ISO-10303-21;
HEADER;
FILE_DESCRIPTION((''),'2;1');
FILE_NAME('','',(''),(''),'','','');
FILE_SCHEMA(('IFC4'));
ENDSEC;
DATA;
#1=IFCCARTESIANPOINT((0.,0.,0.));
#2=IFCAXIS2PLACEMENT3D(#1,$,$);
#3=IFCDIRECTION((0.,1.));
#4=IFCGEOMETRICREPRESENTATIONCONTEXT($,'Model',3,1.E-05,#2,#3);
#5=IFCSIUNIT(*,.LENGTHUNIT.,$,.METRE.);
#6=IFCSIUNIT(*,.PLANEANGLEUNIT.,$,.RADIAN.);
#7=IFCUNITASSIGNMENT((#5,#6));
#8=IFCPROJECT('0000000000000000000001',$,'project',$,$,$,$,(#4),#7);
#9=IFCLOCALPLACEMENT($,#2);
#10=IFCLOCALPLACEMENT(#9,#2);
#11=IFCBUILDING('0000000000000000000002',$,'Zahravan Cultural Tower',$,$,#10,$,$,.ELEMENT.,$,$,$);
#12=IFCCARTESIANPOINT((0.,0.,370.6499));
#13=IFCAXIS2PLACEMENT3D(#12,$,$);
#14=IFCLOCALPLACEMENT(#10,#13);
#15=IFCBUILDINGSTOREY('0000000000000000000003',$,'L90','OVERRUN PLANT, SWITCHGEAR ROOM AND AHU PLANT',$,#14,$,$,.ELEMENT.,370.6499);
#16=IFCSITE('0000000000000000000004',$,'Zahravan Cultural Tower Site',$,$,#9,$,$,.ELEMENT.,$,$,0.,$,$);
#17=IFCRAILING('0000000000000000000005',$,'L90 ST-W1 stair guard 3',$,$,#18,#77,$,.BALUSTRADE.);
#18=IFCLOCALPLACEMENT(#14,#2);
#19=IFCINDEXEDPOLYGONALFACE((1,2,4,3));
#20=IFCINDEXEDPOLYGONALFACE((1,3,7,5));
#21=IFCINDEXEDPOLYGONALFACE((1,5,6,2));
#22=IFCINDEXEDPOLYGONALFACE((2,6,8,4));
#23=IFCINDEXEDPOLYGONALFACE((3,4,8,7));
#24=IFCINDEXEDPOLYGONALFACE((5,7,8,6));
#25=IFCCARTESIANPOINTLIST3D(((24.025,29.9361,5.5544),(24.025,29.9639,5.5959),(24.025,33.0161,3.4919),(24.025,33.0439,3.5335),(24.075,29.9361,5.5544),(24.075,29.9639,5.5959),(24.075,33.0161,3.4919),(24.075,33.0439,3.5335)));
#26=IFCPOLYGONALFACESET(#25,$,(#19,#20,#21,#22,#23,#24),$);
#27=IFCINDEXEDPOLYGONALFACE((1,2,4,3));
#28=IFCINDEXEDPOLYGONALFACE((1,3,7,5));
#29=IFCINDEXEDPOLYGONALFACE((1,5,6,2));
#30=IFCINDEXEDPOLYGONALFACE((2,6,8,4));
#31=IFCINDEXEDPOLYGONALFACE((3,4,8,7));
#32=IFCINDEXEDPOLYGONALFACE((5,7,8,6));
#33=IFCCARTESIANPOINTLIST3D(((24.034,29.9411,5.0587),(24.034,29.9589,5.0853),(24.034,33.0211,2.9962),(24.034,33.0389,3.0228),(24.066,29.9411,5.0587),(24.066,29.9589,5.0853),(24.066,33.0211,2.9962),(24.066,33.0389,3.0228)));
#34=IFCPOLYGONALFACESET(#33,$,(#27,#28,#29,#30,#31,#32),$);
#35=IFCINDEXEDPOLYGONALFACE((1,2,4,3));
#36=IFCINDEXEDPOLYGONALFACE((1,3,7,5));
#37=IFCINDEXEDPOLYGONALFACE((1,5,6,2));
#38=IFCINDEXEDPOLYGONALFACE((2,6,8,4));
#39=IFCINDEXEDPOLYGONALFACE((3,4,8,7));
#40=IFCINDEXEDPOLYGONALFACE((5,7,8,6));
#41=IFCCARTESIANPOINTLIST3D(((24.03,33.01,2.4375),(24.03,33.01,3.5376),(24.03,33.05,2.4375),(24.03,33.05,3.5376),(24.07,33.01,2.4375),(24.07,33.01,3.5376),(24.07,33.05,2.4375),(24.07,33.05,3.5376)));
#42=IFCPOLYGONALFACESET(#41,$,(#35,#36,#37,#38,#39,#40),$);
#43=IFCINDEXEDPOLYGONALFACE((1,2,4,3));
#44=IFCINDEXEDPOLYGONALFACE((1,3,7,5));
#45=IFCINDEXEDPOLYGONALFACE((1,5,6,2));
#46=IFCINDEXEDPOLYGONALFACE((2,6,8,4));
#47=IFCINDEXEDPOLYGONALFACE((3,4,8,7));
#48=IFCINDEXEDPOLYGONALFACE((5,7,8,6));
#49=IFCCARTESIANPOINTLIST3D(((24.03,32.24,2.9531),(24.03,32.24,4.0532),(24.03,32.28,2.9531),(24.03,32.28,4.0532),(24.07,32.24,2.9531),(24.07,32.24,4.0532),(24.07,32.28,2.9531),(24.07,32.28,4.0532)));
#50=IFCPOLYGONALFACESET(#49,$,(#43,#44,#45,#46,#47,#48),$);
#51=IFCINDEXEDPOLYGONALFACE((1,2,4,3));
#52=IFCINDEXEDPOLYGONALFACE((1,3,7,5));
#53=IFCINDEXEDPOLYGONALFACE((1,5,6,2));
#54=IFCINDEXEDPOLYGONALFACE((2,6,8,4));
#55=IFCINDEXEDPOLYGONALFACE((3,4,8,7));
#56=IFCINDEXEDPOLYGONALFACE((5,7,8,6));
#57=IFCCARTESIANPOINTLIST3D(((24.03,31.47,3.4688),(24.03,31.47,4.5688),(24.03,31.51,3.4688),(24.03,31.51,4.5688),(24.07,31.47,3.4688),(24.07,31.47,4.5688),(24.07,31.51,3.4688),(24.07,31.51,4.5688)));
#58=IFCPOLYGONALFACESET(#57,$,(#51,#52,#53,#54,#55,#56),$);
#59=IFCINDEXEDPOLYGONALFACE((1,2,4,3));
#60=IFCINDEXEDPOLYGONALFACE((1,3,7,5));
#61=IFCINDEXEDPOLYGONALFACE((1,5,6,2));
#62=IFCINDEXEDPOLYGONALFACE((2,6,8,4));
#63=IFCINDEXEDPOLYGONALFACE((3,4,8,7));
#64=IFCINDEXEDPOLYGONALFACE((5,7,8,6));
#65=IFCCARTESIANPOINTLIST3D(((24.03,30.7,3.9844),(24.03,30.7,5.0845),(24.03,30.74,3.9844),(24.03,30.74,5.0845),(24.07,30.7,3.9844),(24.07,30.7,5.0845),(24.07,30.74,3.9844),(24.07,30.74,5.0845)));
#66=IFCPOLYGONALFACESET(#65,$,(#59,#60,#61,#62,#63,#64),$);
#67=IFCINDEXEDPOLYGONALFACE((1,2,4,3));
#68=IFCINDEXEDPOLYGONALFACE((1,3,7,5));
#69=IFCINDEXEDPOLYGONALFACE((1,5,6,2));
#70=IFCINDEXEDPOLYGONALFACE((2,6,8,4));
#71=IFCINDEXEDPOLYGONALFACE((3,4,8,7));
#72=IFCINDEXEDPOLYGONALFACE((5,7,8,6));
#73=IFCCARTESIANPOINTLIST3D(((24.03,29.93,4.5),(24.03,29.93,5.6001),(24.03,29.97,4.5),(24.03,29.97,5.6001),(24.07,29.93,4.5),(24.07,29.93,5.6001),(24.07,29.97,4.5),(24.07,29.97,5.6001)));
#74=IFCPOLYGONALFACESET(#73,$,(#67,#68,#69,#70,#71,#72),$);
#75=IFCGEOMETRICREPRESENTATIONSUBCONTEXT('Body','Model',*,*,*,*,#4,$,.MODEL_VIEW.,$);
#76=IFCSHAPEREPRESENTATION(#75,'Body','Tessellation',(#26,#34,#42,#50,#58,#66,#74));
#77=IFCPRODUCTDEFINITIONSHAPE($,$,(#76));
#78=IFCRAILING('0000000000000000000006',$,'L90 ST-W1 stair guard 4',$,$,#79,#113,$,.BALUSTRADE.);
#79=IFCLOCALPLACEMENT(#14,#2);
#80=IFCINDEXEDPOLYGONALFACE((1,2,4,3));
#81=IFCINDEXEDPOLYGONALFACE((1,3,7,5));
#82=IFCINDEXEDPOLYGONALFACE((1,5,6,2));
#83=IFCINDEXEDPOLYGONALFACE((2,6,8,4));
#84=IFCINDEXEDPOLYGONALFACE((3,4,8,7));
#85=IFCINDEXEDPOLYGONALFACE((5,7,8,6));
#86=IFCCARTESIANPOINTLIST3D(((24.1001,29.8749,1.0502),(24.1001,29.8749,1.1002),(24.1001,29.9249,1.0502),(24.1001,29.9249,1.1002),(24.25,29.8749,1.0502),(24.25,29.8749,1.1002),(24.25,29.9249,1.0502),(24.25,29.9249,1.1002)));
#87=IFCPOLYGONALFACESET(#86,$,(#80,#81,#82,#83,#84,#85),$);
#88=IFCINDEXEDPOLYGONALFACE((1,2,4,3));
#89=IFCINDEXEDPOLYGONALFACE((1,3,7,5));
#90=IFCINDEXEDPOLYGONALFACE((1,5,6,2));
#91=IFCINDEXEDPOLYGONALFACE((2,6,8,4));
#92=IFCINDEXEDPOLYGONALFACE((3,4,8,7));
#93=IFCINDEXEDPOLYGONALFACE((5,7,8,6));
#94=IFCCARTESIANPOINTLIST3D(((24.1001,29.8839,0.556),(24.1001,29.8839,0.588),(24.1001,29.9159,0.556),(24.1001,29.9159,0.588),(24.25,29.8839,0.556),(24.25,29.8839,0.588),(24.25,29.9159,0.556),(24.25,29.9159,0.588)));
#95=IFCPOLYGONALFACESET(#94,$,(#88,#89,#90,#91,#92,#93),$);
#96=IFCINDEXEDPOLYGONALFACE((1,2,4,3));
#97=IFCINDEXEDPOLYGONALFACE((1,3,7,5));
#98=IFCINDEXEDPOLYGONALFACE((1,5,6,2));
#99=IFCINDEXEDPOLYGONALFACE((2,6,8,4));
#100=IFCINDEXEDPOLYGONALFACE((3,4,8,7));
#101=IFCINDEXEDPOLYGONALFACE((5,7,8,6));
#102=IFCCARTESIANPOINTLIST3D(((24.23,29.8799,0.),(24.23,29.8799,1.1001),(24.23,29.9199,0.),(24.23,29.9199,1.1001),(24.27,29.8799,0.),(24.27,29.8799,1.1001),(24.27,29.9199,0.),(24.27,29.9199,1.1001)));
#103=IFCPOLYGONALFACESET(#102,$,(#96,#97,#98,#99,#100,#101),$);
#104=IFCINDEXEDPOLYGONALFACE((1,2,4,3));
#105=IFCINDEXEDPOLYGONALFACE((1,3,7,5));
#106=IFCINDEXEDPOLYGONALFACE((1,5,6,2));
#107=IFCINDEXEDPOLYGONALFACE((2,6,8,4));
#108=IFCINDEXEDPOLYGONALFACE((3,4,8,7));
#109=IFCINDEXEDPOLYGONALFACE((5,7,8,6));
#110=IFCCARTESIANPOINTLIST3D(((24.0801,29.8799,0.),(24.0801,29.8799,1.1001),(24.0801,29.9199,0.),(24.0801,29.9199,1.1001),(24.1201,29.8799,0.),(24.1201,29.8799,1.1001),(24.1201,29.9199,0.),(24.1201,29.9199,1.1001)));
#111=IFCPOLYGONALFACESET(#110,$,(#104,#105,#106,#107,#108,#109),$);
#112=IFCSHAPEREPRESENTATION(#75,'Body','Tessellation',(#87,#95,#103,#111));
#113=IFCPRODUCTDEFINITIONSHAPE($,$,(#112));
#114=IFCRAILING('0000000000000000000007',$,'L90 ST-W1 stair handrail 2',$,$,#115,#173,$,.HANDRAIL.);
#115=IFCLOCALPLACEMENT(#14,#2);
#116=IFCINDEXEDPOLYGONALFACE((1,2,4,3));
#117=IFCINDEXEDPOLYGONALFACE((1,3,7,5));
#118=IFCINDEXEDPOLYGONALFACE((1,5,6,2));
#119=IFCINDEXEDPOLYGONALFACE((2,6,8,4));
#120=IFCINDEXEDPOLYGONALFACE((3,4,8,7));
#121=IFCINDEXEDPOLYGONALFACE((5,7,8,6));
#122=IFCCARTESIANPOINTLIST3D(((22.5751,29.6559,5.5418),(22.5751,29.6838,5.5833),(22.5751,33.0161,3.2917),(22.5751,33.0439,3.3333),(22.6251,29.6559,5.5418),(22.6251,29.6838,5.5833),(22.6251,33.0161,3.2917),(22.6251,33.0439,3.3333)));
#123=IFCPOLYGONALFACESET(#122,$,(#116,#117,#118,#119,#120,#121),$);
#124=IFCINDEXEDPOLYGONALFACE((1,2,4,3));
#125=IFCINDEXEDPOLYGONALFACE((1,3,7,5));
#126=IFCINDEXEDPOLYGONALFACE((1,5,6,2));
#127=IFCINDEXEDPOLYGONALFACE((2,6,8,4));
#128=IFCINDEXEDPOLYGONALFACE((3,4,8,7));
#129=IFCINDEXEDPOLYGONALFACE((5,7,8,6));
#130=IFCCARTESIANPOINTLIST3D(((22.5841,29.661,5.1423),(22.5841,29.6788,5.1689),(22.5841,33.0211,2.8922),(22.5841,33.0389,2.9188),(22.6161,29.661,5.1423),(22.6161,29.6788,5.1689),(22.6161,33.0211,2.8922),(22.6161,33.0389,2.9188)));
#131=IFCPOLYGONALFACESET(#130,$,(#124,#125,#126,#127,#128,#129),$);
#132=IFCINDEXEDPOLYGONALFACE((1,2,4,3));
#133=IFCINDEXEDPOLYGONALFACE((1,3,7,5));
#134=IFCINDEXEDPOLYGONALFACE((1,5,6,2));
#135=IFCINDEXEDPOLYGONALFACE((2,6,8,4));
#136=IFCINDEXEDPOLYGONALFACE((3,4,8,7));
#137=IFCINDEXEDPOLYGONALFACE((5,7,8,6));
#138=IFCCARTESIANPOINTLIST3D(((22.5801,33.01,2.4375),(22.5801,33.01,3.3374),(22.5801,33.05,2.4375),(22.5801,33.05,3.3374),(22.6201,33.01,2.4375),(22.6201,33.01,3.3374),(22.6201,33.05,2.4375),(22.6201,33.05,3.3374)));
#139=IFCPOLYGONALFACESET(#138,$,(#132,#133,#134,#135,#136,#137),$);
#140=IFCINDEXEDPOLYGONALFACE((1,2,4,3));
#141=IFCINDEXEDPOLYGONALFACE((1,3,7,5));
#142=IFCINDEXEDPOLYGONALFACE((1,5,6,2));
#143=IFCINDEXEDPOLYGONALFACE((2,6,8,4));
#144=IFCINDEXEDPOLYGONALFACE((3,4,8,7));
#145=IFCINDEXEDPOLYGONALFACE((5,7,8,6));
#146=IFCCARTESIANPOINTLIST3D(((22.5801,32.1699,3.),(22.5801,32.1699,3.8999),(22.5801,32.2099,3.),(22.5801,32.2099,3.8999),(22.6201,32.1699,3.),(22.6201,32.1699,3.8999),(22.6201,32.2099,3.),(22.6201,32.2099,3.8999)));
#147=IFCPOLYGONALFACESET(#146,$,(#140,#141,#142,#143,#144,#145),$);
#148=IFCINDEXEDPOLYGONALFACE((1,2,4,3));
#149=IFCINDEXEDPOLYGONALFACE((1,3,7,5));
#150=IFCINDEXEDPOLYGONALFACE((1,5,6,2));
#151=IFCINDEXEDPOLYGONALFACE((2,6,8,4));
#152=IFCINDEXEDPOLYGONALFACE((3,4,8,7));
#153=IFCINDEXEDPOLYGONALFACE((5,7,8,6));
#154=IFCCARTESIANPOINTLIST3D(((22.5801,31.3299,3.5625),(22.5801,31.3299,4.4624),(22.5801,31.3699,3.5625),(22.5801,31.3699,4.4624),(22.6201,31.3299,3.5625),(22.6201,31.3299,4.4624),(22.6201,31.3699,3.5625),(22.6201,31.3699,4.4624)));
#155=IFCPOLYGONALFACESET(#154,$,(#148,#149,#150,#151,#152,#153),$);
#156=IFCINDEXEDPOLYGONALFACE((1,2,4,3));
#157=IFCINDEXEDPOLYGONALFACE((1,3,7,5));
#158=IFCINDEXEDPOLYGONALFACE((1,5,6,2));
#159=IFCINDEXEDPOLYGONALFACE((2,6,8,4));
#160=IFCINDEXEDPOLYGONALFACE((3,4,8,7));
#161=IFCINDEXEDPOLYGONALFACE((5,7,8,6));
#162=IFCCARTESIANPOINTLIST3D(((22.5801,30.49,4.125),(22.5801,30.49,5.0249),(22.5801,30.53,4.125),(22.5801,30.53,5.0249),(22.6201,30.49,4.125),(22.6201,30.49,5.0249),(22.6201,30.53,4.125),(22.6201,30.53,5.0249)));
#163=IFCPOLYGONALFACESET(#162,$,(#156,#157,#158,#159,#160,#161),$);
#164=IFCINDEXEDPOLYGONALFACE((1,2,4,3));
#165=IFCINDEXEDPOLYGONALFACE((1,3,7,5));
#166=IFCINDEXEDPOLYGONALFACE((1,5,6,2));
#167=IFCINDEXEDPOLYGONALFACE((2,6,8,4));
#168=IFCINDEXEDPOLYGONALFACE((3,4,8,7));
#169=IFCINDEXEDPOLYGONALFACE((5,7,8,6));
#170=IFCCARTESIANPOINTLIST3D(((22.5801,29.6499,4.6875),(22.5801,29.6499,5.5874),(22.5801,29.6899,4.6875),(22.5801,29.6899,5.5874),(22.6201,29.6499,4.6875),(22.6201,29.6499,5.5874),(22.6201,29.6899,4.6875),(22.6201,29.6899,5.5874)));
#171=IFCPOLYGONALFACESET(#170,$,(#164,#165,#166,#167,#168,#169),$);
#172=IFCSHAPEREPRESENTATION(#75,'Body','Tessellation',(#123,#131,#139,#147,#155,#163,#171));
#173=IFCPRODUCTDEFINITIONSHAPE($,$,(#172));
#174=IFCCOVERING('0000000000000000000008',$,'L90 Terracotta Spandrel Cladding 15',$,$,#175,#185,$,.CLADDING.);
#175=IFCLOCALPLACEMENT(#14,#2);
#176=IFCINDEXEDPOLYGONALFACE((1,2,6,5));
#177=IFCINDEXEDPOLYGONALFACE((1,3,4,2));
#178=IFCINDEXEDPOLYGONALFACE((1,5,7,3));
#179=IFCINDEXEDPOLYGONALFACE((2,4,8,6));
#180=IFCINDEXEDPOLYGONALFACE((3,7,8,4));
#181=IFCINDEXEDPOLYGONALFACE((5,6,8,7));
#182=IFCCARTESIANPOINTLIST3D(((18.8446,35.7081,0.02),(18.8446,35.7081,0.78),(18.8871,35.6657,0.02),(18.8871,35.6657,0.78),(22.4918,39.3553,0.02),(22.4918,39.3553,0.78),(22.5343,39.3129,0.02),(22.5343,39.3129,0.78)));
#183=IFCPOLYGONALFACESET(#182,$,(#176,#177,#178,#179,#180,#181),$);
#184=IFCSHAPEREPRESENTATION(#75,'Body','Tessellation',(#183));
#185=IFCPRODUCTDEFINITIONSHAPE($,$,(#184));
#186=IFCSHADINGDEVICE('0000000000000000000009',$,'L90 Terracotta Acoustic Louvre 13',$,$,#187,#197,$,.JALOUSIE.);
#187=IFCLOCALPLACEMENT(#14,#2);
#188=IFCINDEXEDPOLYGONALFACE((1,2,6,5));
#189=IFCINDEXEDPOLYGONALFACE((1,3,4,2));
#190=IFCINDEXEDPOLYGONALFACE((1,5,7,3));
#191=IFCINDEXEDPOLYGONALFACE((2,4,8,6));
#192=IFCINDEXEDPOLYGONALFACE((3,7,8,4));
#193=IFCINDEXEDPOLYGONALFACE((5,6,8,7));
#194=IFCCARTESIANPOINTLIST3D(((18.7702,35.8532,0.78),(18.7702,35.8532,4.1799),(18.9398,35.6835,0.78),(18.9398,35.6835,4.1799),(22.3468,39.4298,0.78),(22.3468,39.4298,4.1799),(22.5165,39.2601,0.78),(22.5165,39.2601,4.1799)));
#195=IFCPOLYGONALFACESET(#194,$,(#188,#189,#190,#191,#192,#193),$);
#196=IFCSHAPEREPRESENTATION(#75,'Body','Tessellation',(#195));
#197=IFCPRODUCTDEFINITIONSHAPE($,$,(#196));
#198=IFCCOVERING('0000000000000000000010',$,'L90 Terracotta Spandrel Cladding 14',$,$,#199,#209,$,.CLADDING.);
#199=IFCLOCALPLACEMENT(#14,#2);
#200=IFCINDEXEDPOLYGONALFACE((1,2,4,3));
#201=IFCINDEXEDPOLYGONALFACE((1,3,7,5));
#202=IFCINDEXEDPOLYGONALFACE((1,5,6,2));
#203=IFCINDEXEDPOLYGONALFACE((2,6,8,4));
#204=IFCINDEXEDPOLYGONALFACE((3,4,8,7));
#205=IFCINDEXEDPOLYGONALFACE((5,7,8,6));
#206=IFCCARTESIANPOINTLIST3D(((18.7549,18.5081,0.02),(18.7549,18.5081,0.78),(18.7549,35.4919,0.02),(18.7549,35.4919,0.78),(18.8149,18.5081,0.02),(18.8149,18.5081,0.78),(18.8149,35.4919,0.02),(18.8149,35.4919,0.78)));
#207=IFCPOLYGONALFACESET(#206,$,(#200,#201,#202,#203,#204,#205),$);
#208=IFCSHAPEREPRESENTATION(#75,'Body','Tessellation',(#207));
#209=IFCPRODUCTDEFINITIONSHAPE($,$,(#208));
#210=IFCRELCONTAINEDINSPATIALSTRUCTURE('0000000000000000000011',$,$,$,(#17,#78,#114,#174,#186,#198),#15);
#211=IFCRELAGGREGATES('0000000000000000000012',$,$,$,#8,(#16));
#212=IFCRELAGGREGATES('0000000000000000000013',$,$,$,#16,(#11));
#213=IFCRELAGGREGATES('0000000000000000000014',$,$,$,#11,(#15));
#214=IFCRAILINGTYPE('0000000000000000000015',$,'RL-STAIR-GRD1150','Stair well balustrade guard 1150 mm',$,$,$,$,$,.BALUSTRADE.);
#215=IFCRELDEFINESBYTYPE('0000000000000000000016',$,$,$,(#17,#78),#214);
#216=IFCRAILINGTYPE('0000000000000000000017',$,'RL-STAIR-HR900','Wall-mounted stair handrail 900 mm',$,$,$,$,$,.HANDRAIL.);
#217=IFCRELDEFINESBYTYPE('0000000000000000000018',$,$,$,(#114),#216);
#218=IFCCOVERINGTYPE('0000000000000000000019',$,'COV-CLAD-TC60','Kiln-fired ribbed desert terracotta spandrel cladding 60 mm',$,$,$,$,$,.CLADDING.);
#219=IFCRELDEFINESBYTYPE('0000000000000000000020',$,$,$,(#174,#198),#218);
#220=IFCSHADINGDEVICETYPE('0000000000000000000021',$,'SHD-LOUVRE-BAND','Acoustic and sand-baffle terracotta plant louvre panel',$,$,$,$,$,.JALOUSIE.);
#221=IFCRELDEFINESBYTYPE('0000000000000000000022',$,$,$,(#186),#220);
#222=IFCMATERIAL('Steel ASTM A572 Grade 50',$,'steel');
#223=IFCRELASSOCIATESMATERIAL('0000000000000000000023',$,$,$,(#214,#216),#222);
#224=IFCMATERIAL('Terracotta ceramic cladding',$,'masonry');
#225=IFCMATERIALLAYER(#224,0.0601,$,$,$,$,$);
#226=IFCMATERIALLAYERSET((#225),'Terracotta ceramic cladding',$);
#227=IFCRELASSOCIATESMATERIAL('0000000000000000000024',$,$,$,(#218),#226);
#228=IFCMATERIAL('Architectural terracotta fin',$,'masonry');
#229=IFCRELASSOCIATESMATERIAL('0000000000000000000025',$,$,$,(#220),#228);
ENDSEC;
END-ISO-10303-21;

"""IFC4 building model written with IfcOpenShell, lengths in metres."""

from ifc_helpers import new_model, si_unit, direction, frame, origin, origin_2d, place, context, subcontext, project, spatial, rectangle, extrude, source, transform, mapped, material, layer, layer_set, type_object, element, save


model = new_model("IFC4")

# Units and contexts
model_context = context("Model", 3, precision=1e-05, world=origin(), true_north=direction((0.0, 1.0)))
body_context = subcontext(model_context, "Body", "Model", "MODEL_VIEW")
ifc_project = project(units=[si_unit("LENGTHUNIT", "METRE"), si_unit("PLANEANGLEUNIT", "RADIAN")], contexts=[model_context])

# Site, building, storey
site_placement = place(None, origin())
site = spatial("IfcSite", under=ifc_project, at=site_placement, Name="Zahravan Cultural Tower Site", CompositionType="ELEMENT", RefElevation=0.0)
building_placement = place(site_placement, origin())
building = spatial("IfcBuilding", under=site, at=building_placement, Name="Zahravan Cultural Tower", CompositionType="ELEMENT")
storey_placement = place(building_placement, frame((0.0, 0.0, 370.6499)))
storey = spatial("IfcBuildingStorey", under=building, at=storey_placement, Name="L90", Description="OVERRUN PLANT, SWITCHGEAR ROOM AND AHU PLANT", CompositionType="ELEMENT", Elevation=370.6499)

# Railings
ifc_material_1 = material(Name="Steel ASTM A572 Grade 50", Category="steel")
railing_type_1 = type_object("IfcRailingType", Name="RL-STAIR-GRD1150", Description="Stair well balustrade guard 1150 mm", PredefinedType="BALUSTRADE", material=ifc_material_1)
railing_1_placement = place(storey_placement, frame((24.05, 33.03, 2.4375)))
element("IfcRailing", 1, at=railing_1_placement, inside=storey, type_object=railing_type_1, Name="L90 ST-W1 stair guard 3", PredefinedType="BALUSTRADE", context=body_context, shape_type="SweptSolid", body=[
    extrude(rectangle(XDim=0.05, YDim=0.05, at=origin_2d()), frame((0.0, 0.0, 1.0752), z_axis=(0.0, -0.830914, 0.556401), x_axis=(1.0, 0.0, 0.0)), (0.0, 0.0, 1.0), 3.7068),
    extrude(rectangle(XDim=0.032, YDim=0.032, at=origin_2d()), frame((0.0, 0.0, 0.572), z_axis=(0.0, -0.830914, 0.556401), x_axis=(1.0, 0.0, 0.0)), (0.0, 0.0, 1.0), 3.7068),
    extrude(rectangle(XDim=0.04, YDim=0.04, at=origin_2d()), origin(), (0.0, 0.0, 1.0), 1.1001),
    extrude(rectangle(XDim=0.04, YDim=0.04, at=origin_2d()), frame((0.0, -0.77, 0.5156)), (0.0, 0.0, 1.0), 1.1001),
    extrude(rectangle(XDim=0.04, YDim=0.04, at=origin_2d()), frame((0.0, -1.54, 1.0312)), (0.0, 0.0, 1.0), 1.1001),
    extrude(rectangle(XDim=0.04, YDim=0.04, at=origin_2d()), frame((0.0, -2.3101, 1.5469)), (0.0, 0.0, 1.0), 1.1001),
    extrude(rectangle(XDim=0.04, YDim=0.04, at=origin_2d()), frame((0.0, -3.0801, 2.0625)), (0.0, 0.0, 1.0), 1.1001),
])
railing_2_placement = place(storey_placement, frame((24.25, 29.8999, 0.0)))
element("IfcRailing", 2, at=railing_2_placement, inside=storey, type_object=railing_type_1, Name="L90 ST-W1 stair guard 4", PredefinedType="BALUSTRADE", context=body_context, shape_type="SweptSolid", body=[
    extrude(rectangle(XDim=0.05, YDim=0.05, at=origin_2d()), frame((0.0, 0.0, 1.0752), z_axis=(-1.0, 0.0, 0.0), x_axis=(0.0, -1.0, 0.0)), (0.0, 0.0, 1.0), 0.1499),
    extrude(rectangle(XDim=0.032, YDim=0.032, at=origin_2d()), frame((0.0, 0.0, 0.572), z_axis=(-1.0, 0.0, 0.0), x_axis=(0.0, -1.0, 0.0)), (0.0, 0.0, 1.0), 0.1499),
    extrude(rectangle(XDim=0.04, YDim=0.04, at=origin_2d()), origin(), (0.0, 0.0, 1.0), 1.1001),
    extrude(rectangle(XDim=0.04, YDim=0.04, at=origin_2d()), frame((-0.1499, 0.0, 0.0)), (0.0, 0.0, 1.0), 1.1001),
])
railing_type_2 = type_object("IfcRailingType", Name="RL-STAIR-HR900", Description="Wall-mounted stair handrail 900 mm", PredefinedType="HANDRAIL", material=ifc_material_1)
railing_3_placement = place(storey_placement, frame((22.6001, 33.03, 2.4375)))
element("IfcRailing", 3, at=railing_3_placement, inside=storey, type_object=railing_type_2, Name="L90 ST-W1 stair handrail 2", PredefinedType="HANDRAIL", context=body_context, shape_type="SweptSolid", body=[
    extrude(rectangle(XDim=0.05, YDim=0.05, at=origin_2d()), frame((0.0, 0.0, 0.875), z_axis=(0.0, -0.830915, 0.556399), x_axis=(1.0, 0.0, 0.0)), (0.0, 0.0, 1.0), 4.0439),
    extrude(rectangle(XDim=0.032, YDim=0.032, at=origin_2d()), frame((0.0, 0.0, 0.468), z_axis=(0.0, -0.830915, 0.556399), x_axis=(1.0, 0.0, 0.0)), (0.0, 0.0, 1.0), 4.0439),
    extrude(rectangle(XDim=0.04, YDim=0.04, at=origin_2d()), origin(), (0.0, 0.0, 1.0), 0.8999),
    extrude(rectangle(XDim=0.04, YDim=0.04, at=origin_2d()), frame((0.0, -0.8401, 0.5625)), (0.0, 0.0, 1.0), 0.8999),
    extrude(rectangle(XDim=0.04, YDim=0.04, at=origin_2d()), frame((0.0, -1.6802, 1.125)), (0.0, 0.0, 1.0), 0.8999),
    extrude(rectangle(XDim=0.04, YDim=0.04, at=origin_2d()), frame((0.0, -2.52, 1.6875)), (0.0, 0.0, 1.0), 0.8999),
    extrude(rectangle(XDim=0.04, YDim=0.04, at=origin_2d()), frame((0.0, -3.3601, 2.25)), (0.0, 0.0, 1.0), 0.8999),
])

# Covering
ifc_material_2 = material(Name="Terracotta ceramic cladding", Category="masonry")
ifc_layer_1 = layer(ifc_material_2, 0.0601)
ifc_layer_set_1 = layer_set([ifc_layer_1], Name="Terracotta ceramic cladding")
covering_type = type_object("IfcCoveringType", Name="COV-CLAD-TC60", Description="Kiln-fired ribbed desert terracotta spandrel cladding 60 mm", PredefinedType="CLADDING", material=ifc_layer_set_1)
shared_shape_1 = source(origin(), body_context, "Body", "SweptSolid", [
    extrude(rectangle(XDim=5.158, YDim=0.0601, at=origin_2d()), origin(), (0.0, 0.0, 1.0), 0.76),
])
covering_1_placement = place(storey_placement, frame((20.6895, 37.5105, 0.02), z_axis=(0.0, 0.0, 1.0), x_axis=(0.707107, 0.707107, 0.0)))
element("IfcCovering", 4, at=covering_1_placement, inside=storey, type_object=covering_type, Name="L90 Terracotta Spandrel Cladding 15", PredefinedType="CLADDING", context=body_context, shape_type="MappedRepresentation", body=[
    mapped(shared_shape_1, transform((0.0, 0.0, 0.0), x_axis=(1.0, 0.0, 0.0), y_axis=(0.0, 1.0, 0.0), z_axis=(0.0, 0.0, 1.0), scale=1.0)),
])

# Shading device
ifc_material_3 = material(Name="Architectural terracotta fin", Category="masonry")
shading_device_type = type_object("IfcShadingDeviceType", Name="SHD-LOUVRE-BAND", Description="Acoustic and sand-baffle terracotta plant louvre panel", PredefinedType="JALOUSIE", material=ifc_material_3)
shared_shape_2 = source(origin(), body_context, "Body", "SweptSolid", [
    extrude(rectangle(XDim=5.0581, YDim=0.24, at=origin_2d()), origin(), (0.0, 0.0, 1.0), 3.3999),
])
shading_device_1_placement = place(storey_placement, frame((20.6433, 37.5566, 0.78), z_axis=(0.0, 0.0, 1.0), x_axis=(0.707107, 0.707107, 0.0)))
element("IfcShadingDevice", 5, at=shading_device_1_placement, inside=storey, type_object=shading_device_type, Name="L90 Terracotta Acoustic Louvre 13", PredefinedType="JALOUSIE", context=body_context, shape_type="MappedRepresentation", body=[
    mapped(shared_shape_2, transform((0.0, 0.0, 0.0), x_axis=(1.0, 0.0, 0.0), y_axis=(0.0, 1.0, 0.0), z_axis=(0.0, 0.0, 1.0), scale=1.0)),
])

# Covering
shared_shape_3 = source(origin(), body_context, "Body", "SweptSolid", [
    extrude(rectangle(XDim=16.9839, YDim=0.0601, at=origin_2d()), origin(), (0.0, 0.0, 1.0), 0.76),
])
covering_2_placement = place(storey_placement, frame((18.7849, 27.0, 0.02), z_axis=(0.0, 0.0, 1.0), x_axis=(0.0, 1.0, 0.0)))
element("IfcCovering", 6, at=covering_2_placement, inside=storey, type_object=covering_type, Name="L90 Terracotta Spandrel Cladding 14", PredefinedType="CLADDING", context=body_context, shape_type="MappedRepresentation", body=[
    mapped(shared_shape_3, transform((0.0, 0.0, 0.0), x_axis=(1.0, 0.0, 0.0), y_axis=(0.0, 1.0, 0.0), z_axis=(0.0, 0.0, 1.0), scale=1.0)),
])

save(model, "model.ifc")
